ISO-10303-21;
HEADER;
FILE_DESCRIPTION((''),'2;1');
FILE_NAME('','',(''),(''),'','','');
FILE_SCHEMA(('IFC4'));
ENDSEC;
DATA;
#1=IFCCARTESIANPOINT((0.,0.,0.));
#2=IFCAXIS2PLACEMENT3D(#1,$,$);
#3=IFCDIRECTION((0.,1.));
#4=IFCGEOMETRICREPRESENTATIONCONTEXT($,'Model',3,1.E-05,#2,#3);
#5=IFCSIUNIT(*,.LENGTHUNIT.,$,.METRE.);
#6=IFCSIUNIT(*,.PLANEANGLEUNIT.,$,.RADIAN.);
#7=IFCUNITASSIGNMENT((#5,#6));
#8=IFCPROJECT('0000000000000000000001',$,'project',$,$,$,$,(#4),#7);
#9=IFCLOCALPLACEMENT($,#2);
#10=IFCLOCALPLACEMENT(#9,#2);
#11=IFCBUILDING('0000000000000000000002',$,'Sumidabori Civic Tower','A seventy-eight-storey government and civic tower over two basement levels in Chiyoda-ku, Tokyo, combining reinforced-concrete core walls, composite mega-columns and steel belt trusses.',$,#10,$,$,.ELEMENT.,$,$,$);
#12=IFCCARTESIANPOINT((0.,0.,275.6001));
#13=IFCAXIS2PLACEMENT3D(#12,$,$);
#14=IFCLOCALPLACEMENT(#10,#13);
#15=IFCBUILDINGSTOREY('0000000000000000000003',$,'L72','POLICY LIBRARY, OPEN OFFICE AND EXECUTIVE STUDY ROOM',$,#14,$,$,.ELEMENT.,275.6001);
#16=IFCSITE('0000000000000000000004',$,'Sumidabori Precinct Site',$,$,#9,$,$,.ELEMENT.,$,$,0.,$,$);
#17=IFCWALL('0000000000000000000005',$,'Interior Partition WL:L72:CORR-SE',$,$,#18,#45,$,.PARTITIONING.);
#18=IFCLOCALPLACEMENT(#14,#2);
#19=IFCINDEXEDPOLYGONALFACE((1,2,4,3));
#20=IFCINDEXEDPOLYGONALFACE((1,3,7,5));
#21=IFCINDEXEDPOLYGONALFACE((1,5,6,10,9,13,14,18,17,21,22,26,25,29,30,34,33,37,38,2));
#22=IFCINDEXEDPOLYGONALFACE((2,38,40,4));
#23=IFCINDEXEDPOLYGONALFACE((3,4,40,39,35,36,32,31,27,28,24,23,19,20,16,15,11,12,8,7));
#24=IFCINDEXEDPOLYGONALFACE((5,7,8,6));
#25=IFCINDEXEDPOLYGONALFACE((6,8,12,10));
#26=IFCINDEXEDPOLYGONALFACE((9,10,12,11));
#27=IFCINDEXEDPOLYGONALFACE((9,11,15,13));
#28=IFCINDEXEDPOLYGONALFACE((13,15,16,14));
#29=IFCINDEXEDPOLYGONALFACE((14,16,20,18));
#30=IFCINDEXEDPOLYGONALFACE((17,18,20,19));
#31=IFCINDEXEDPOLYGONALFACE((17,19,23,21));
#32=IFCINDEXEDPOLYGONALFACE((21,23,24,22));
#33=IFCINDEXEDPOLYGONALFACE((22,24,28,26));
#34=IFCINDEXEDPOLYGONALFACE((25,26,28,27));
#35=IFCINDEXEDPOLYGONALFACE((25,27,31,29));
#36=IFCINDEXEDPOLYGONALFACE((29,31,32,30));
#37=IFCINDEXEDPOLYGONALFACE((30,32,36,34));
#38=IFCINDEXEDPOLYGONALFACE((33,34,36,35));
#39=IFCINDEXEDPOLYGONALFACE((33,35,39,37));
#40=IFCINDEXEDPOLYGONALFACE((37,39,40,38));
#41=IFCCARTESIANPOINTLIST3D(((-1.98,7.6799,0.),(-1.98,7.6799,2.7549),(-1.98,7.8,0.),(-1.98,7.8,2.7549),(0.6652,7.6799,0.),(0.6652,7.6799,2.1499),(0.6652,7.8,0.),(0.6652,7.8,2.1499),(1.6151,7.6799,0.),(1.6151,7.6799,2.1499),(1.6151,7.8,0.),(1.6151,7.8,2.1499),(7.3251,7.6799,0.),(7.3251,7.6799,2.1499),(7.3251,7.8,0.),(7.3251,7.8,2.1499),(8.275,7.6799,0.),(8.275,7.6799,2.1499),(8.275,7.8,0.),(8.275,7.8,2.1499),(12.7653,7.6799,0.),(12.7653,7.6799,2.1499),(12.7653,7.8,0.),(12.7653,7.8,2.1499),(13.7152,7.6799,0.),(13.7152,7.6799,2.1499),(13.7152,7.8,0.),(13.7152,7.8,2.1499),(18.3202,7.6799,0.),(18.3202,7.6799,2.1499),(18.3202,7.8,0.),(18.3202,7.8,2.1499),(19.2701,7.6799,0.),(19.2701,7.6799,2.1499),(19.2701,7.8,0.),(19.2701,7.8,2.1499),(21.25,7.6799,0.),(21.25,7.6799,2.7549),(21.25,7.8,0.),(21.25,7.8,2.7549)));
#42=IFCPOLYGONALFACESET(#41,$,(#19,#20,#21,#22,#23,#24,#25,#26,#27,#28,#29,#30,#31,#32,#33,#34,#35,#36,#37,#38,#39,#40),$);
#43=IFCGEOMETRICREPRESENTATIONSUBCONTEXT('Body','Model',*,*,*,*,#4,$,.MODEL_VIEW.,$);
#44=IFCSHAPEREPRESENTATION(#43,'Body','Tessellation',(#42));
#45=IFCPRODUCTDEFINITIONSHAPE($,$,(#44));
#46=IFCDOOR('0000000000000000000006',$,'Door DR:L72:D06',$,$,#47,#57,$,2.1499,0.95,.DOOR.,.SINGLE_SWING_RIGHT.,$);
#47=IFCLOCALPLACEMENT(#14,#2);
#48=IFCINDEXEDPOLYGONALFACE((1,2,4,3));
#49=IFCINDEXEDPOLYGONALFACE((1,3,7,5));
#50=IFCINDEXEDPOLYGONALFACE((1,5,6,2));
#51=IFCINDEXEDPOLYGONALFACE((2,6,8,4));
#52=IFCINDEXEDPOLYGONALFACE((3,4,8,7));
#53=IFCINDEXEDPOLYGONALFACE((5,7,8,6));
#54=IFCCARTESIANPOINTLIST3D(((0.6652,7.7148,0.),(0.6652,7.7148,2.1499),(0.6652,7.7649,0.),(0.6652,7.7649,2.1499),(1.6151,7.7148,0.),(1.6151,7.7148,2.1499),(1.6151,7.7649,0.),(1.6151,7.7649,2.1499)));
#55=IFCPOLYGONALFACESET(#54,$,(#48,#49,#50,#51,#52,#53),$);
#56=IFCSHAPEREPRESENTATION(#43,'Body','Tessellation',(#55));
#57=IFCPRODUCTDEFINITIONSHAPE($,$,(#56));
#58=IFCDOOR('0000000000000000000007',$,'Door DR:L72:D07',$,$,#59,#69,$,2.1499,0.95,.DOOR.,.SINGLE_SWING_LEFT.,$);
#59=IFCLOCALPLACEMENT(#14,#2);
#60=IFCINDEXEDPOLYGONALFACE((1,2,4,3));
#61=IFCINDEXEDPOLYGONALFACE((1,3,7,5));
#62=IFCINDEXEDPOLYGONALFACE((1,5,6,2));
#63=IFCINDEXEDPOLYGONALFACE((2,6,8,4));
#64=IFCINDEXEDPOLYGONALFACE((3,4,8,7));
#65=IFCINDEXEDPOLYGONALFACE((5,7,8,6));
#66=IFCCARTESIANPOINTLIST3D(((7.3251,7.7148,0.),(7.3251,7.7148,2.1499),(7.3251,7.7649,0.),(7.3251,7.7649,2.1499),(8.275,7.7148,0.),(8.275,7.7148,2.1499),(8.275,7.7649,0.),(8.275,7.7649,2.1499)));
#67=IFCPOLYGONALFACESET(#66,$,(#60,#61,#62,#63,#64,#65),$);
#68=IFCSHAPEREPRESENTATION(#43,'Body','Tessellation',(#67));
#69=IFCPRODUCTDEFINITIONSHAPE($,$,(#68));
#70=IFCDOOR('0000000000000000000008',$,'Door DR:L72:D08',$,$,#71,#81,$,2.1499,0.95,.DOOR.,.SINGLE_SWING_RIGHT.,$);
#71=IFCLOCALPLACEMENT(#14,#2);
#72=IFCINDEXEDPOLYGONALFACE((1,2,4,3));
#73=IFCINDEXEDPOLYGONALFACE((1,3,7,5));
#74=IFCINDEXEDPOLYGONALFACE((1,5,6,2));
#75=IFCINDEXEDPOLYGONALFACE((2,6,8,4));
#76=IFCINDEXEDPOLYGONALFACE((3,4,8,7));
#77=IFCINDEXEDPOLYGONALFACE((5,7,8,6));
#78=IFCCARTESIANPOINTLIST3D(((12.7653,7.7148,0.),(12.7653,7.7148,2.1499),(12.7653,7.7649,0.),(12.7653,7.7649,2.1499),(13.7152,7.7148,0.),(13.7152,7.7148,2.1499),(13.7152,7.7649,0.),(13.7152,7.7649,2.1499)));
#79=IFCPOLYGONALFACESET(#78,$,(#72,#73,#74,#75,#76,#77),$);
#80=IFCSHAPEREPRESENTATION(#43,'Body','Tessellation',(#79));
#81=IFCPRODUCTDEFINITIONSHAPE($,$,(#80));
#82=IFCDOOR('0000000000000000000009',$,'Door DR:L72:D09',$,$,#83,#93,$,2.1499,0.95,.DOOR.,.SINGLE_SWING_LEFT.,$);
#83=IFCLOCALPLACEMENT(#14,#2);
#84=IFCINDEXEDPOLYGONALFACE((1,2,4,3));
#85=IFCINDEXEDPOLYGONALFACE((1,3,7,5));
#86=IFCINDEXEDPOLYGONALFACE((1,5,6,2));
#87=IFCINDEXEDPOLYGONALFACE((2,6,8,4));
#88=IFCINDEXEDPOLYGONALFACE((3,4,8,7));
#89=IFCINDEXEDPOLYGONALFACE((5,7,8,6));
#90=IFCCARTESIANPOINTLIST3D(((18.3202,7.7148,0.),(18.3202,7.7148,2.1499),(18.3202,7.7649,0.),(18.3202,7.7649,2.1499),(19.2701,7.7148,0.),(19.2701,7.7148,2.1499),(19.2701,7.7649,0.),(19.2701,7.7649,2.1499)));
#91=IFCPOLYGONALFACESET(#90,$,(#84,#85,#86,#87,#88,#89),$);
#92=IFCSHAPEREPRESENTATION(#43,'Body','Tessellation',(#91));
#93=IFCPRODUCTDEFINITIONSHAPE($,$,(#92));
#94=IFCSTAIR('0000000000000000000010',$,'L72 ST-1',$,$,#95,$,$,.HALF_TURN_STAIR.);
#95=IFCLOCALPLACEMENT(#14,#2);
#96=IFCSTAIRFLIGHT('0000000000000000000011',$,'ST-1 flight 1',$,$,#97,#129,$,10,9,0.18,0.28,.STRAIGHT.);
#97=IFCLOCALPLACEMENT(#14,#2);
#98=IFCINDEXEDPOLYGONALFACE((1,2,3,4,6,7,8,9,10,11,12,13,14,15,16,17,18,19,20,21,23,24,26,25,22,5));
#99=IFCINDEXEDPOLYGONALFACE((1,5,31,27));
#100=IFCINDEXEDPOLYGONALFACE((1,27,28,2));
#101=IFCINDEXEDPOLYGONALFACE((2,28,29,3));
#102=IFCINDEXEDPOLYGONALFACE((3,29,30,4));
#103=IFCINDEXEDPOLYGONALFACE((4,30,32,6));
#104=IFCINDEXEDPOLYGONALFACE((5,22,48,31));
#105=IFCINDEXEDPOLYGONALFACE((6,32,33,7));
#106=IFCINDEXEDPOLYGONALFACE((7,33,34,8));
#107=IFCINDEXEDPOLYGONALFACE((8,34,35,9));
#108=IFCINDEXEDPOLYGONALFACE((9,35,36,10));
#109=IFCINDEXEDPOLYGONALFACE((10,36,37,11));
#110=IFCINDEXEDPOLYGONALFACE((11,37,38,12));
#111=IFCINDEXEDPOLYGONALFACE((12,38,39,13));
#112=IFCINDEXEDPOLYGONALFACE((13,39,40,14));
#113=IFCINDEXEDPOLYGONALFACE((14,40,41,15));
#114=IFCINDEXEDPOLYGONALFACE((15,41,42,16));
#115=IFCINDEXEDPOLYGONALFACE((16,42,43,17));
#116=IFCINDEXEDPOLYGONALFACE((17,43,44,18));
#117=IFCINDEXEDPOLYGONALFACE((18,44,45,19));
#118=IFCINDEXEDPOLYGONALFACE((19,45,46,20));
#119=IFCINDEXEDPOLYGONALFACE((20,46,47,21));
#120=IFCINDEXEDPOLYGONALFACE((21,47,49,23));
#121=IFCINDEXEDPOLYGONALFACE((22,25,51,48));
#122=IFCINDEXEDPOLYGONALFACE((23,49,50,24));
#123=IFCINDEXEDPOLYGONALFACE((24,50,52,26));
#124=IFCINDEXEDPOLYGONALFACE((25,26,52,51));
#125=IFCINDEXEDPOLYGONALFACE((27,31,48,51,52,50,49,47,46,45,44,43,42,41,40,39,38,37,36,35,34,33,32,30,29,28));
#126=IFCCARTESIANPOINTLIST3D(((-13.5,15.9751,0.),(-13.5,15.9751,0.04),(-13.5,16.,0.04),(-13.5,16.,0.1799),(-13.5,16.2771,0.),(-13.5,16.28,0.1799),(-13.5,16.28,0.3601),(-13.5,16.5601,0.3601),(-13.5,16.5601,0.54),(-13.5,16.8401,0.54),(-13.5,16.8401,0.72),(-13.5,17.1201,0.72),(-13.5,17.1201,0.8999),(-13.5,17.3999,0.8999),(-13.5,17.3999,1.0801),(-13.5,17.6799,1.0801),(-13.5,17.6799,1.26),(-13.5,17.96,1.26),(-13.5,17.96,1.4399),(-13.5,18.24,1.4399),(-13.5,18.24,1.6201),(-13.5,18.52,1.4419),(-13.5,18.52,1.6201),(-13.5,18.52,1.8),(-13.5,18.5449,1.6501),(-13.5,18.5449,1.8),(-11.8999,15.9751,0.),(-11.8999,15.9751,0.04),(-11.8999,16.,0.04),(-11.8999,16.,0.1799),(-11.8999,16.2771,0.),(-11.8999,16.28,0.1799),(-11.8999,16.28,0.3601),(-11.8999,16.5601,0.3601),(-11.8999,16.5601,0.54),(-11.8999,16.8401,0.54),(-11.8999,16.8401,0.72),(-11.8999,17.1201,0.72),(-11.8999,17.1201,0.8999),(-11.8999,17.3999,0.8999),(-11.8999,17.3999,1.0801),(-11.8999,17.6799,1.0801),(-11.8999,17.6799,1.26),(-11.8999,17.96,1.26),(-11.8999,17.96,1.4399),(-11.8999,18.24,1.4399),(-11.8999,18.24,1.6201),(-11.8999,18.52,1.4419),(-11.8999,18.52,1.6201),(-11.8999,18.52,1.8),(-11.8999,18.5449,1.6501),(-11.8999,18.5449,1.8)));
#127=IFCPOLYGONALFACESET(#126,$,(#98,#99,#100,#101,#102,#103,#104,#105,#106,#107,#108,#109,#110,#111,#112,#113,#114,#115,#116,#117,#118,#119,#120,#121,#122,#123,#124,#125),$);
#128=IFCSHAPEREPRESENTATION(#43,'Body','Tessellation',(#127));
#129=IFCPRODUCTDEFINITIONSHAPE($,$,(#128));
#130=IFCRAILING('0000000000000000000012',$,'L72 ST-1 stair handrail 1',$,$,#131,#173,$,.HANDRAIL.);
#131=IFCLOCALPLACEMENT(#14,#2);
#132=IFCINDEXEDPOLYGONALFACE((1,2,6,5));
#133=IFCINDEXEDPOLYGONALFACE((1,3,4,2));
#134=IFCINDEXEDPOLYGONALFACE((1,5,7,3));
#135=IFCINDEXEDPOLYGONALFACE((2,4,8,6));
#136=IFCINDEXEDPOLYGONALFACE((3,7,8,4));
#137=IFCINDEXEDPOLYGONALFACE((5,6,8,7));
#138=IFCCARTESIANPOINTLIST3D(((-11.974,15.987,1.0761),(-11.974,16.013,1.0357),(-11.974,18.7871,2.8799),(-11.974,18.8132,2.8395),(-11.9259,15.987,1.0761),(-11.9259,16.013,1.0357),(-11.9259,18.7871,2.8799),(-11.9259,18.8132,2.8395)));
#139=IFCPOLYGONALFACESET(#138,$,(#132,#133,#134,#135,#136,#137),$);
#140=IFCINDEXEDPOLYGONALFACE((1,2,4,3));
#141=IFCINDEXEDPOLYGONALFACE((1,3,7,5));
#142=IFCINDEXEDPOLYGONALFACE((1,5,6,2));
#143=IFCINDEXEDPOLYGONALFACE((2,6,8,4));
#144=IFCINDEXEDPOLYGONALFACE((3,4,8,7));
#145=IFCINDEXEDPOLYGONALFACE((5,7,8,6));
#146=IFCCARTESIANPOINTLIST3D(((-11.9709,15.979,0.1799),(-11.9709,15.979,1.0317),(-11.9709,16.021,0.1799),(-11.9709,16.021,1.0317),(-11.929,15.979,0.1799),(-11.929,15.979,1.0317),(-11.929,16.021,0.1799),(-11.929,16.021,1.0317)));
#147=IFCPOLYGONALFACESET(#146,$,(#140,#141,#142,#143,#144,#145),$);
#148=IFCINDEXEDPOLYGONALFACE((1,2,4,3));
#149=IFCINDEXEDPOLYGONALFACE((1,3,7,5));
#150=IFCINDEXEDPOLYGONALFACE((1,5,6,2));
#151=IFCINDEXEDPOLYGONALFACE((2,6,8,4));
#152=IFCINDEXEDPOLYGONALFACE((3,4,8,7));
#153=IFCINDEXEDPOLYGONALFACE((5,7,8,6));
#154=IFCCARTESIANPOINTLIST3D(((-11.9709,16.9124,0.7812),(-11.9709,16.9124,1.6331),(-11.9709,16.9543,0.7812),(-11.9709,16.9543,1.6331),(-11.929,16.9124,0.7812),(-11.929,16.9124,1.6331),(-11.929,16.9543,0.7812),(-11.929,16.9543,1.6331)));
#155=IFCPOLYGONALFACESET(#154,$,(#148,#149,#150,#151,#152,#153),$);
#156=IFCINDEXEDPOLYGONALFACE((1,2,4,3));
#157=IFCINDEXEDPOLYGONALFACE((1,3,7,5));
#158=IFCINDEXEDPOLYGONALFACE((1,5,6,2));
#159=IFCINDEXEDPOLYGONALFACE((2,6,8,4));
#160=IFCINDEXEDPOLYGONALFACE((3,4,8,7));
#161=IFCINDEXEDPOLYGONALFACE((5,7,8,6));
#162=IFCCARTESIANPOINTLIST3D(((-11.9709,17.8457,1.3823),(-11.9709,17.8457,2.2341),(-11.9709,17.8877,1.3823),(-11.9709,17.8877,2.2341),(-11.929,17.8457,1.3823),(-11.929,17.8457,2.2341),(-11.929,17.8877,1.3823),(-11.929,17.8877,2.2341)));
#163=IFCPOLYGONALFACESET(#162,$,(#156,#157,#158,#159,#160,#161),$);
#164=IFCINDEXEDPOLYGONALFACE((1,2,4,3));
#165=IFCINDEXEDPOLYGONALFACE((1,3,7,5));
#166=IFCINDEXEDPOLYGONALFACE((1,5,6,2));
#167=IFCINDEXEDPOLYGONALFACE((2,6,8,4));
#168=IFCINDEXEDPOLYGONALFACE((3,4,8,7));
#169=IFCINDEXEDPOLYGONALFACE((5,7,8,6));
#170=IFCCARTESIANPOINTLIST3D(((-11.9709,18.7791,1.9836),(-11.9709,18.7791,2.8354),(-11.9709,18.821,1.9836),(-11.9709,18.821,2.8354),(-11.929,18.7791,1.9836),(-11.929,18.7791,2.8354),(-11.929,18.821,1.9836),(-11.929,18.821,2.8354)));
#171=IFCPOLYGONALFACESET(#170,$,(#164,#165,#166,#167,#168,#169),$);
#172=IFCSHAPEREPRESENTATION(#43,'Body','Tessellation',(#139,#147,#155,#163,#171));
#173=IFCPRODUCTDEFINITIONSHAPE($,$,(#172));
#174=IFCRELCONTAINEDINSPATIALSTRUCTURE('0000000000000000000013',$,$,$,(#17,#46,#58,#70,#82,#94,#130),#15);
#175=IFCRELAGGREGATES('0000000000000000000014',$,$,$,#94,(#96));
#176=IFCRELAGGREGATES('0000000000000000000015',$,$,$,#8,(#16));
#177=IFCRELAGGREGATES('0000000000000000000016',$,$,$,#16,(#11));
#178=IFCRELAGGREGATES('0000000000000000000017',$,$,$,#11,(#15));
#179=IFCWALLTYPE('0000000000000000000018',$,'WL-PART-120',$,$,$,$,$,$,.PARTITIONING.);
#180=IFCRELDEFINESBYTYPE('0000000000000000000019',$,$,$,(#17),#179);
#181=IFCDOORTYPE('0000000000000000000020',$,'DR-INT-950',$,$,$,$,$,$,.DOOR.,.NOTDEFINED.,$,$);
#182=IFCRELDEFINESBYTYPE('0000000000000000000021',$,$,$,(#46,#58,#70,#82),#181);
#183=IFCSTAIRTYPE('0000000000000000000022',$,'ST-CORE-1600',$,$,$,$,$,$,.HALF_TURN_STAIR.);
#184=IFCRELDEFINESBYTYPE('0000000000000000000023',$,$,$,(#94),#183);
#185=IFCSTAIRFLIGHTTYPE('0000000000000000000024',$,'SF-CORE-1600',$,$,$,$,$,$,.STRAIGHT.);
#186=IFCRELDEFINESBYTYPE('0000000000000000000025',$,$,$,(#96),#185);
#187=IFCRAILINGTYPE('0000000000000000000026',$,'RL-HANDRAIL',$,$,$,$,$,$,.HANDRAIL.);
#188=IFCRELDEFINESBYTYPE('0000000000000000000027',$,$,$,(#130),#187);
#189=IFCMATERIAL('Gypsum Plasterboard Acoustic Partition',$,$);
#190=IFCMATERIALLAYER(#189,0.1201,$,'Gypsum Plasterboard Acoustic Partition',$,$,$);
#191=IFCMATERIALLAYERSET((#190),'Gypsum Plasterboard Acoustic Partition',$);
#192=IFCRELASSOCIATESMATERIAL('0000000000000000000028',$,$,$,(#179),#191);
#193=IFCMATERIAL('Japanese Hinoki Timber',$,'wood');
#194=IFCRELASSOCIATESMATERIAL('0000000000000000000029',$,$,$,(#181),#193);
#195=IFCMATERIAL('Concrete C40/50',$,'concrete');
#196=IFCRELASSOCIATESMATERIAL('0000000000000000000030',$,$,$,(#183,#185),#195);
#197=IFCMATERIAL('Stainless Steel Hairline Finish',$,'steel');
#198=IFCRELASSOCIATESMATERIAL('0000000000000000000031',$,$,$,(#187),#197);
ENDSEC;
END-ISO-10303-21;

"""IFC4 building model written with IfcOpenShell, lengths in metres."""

from ifc_helpers import new_model, si_unit, direction, frame, frame_2d, origin, origin_2d, place, context, subcontext, project, spatial, polyline, rectangle, outline, extrude, source, transform, mapped, material, layer, layer_set, type_object, element, fill, aggregate, save


model = new_model("IFC4")

# Units and contexts
model_context = context("Model", 3, precision=1e-05, world=origin(), true_north=direction((0.0, 1.0)))
body_context = subcontext(model_context, "Body", "Model", "MODEL_VIEW")
ifc_project = project(units=[si_unit("LENGTHUNIT", "METRE"), si_unit("PLANEANGLEUNIT", "RADIAN")], contexts=[model_context])

# Site, building, storey
site_placement = place(None, origin())
site = spatial("IfcSite", under=ifc_project, at=site_placement, Name="Sumidabori Precinct Site", CompositionType="ELEMENT", RefElevation=0.0)
building_placement = place(site_placement, origin())
building = spatial("IfcBuilding", under=site, at=building_placement, Name="Sumidabori Civic Tower", Description="A seventy-eight-storey government and civic tower over two basement levels in Chiyoda-ku, Tokyo, combining reinforced-concrete core walls, composite mega-columns and steel belt trusses.", CompositionType="ELEMENT")
storey_placement = place(building_placement, frame((0.0, 0.0, 275.6001)))
storey = spatial("IfcBuildingStorey", under=building, at=storey_placement, Name="L72", Description="POLICY LIBRARY, OPEN OFFICE AND EXECUTIVE STUDY ROOM", CompositionType="ELEMENT", Elevation=275.6001)

# Shared definitions
ifc_material_1 = material(Name="Stainless Steel Hairline Finish", Category="steel")

# Shared definitions
ifc_material_2 = material(Name="Gypsum Plasterboard Acoustic Partition")

# Shared definitions
ifc_material_3 = material(Name="Japanese Hinoki Timber", Category="wood")

# Shared definitions
ifc_layer_1 = layer(ifc_material_2, 0.1201, Name="Gypsum Plasterboard Acoustic Partition")
ifc_layer_set_1 = layer_set([ifc_layer_1], Name="Gypsum Plasterboard Acoustic Partition")
wall_type_1 = type_object("IfcWallType", Name="WL-PART-120", PredefinedType="PARTITIONING", material=ifc_layer_set_1)

# Wall, openings, doors
shared_shape_1 = source(origin(), body_context, "Body", "SweptSolid", [
    extrude(rectangle(XDim=23.23, YDim=0.1201, at=frame_2d((11.615, 0.0))), origin(), (0.0, 0.0, 1.0), 2.7549),
])
wall_1_placement = place(storey_placement, frame((-1.98, 7.74, 0.0), z_axis=(0.0, 0.0, 1.0), x_axis=(1.0, 0.0, 0.0)))
wall_1 = element("IfcWall", 1, at=wall_1_placement, inside=storey, type_object=wall_type_1, Name="Interior Partition WL:L72:CORR-SE", PredefinedType="PARTITIONING", context=body_context, shape_type="MappedRepresentation", body=[
    mapped(shared_shape_1, transform((0.0, 0.0, 0.0), x_axis=(1.0, 0.0, 0.0), y_axis=(0.0, 1.0, 0.0), z_axis=(0.0, 0.0, 1.0), scale=1.0)),
])
opening_1_placement = place(wall_1_placement, frame((2.645, 0.0, 0.0)))
opening_1 = element("IfcOpeningElement", 2, at=opening_1_placement, cuts=wall_1, PredefinedType="OPENING", context=body_context, shape_type="SweptSolid", body=[
    extrude(rectangle(XDim=0.95, YDim=2.1499, at=frame_2d((0.4751, 1.075))), frame((0.0, 0.072, 0.0), z_axis=(0.0, -1.0, 0.0), x_axis=(1.0, 0.0, 0.0)), (0.0, 0.0, 1.0), 0.144),
])
opening_2_placement = place(wall_1_placement, frame((9.3049, 0.0, 0.0)))
opening_2 = element("IfcOpeningElement", 3, at=opening_2_placement, cuts=wall_1, PredefinedType="OPENING", context=body_context, shape_type="SweptSolid", body=[
    extrude(rectangle(XDim=0.95, YDim=2.1499, at=frame_2d((0.4751, 1.075))), frame((0.0, 0.072, 0.0), z_axis=(0.0, -1.0, 0.0), x_axis=(1.0, 0.0, 0.0)), (0.0, 0.0, 1.0), 0.144),
])
opening_3_placement = place(wall_1_placement, frame((14.7451, 0.0, 0.0)))
opening_3 = element("IfcOpeningElement", 4, at=opening_3_placement, cuts=wall_1, PredefinedType="OPENING", context=body_context, shape_type="SweptSolid", body=[
    extrude(rectangle(XDim=0.95, YDim=2.1499, at=frame_2d((0.4751, 1.075))), frame((0.0, 0.072, 0.0), z_axis=(0.0, -1.0, 0.0), x_axis=(1.0, 0.0, 0.0)), (0.0, 0.0, 1.0), 0.144),
])
opening_4_placement = place(wall_1_placement, frame((20.3, 0.0, 0.0)))
opening_4 = element("IfcOpeningElement", 5, at=opening_4_placement, cuts=wall_1, PredefinedType="OPENING", context=body_context, shape_type="SweptSolid", body=[
    extrude(rectangle(XDim=0.95, YDim=2.1499, at=frame_2d((0.4751, 1.075))), frame((0.0, 0.072, 0.0), z_axis=(0.0, -1.0, 0.0), x_axis=(1.0, 0.0, 0.0)), (0.0, 0.0, 1.0), 0.144),
])
door_type_1 = type_object("IfcDoorType", Name="DR-INT-950", OperationType="NOTDEFINED", PredefinedType="DOOR", material=ifc_material_3)
shared_shape_2 = source(origin(), body_context, "Body", "SweptSolid", [
    extrude(rectangle(XDim=0.95, YDim=2.1499, at=frame_2d((0.4751, 1.075))), frame((0.0, 0.0249, 0.0), z_axis=(0.0, -1.0, 0.0), x_axis=(1.0, 0.0, 0.0)), (0.0, 0.0, 1.0), 0.05),
])
door_1_placement = place(opening_1_placement, origin())
door_1 = element("IfcDoor", 6, at=door_1_placement, inside=storey, type_object=door_type_1, Name="Door DR:L72:D06", OperationType="SINGLE_SWING_RIGHT", OverallHeight=2.1499, OverallWidth=0.95, PredefinedType="DOOR", context=body_context, shape_type="MappedRepresentation", body=[
    mapped(shared_shape_2, transform((0.0, 0.0, 0.0), x_axis=(1.0, 0.0, 0.0), y_axis=(0.0, 1.0, 0.0), z_axis=(0.0, 0.0, 1.0), scale=1.0)),
])
fill(opening_1, door_1)
door_2_placement = place(opening_2_placement, origin())
door_2 = element("IfcDoor", 7, at=door_2_placement, inside=storey, type_object=door_type_1, Name="Door DR:L72:D07", OperationType="SINGLE_SWING_LEFT", OverallHeight=2.1499, OverallWidth=0.95, PredefinedType="DOOR", context=body_context, shape_type="MappedRepresentation", body=[
    mapped(shared_shape_2, transform((0.0, 0.0, 0.0), x_axis=(1.0, 0.0, 0.0), y_axis=(0.0, 1.0, 0.0), z_axis=(0.0, 0.0, 1.0), scale=1.0)),
])
fill(opening_2, door_2)
door_3_placement = place(opening_3_placement, origin())
door_3 = element("IfcDoor", 8, at=door_3_placement, inside=storey, type_object=door_type_1, Name="Door DR:L72:D08", OperationType="SINGLE_SWING_RIGHT", OverallHeight=2.1499, OverallWidth=0.95, PredefinedType="DOOR", context=body_context, shape_type="MappedRepresentation", body=[
    mapped(shared_shape_2, transform((0.0, 0.0, 0.0), x_axis=(1.0, 0.0, 0.0), y_axis=(0.0, 1.0, 0.0), z_axis=(0.0, 0.0, 1.0), scale=1.0)),
])
fill(opening_3, door_3)
door_4_placement = place(opening_4_placement, origin())
door_4 = element("IfcDoor", 9, at=door_4_placement, inside=storey, type_object=door_type_1, Name="Door DR:L72:D09", OperationType="SINGLE_SWING_LEFT", OverallHeight=2.1499, OverallWidth=0.95, PredefinedType="DOOR", context=body_context, shape_type="MappedRepresentation", body=[
    mapped(shared_shape_2, transform((0.0, 0.0, 0.0), x_axis=(1.0, 0.0, 0.0), y_axis=(0.0, 1.0, 0.0), z_axis=(0.0, 0.0, 1.0), scale=1.0)),
])
fill(opening_4, door_4)

# Stair, stair flight
ifc_material_4 = material(Name="Concrete C40/50", Category="concrete")
stair_type = type_object("IfcStairType", Name="ST-CORE-1600", PredefinedType="HALF_TURN_STAIR", material=ifc_material_4)
stair_placement = place(storey_placement, origin())
stair = element("IfcStair", 10, at=stair_placement, inside=storey, type_object=stair_type, Name="L72 ST-1", PredefinedType="HALF_TURN_STAIR")
stair_flight_type = type_object("IfcStairFlightType", Name="SF-CORE-1600", PredefinedType="STRAIGHT", material=ifc_material_4)
shared_shape_3 = source(origin(), body_context, "Body", "SweptSolid", [
    extrude(outline(polyline([(-0.0249, 0.0), (-0.0249, 0.04), (0.0, 0.04), (0.0, 0.1799), (0.28, 0.1799), (0.28, 0.3601), (0.5601, 0.3601), (0.5601, 0.54), (0.8401, 0.54), (0.8401, 0.72), (1.1201, 0.72), (1.1201, 0.8999), (1.3999, 0.8999), (1.3999, 1.0801), (1.6799, 1.0801), (1.6799, 1.26), (1.96, 1.26), (1.96, 1.4399), (2.24, 1.4399), (2.24, 1.6201), (2.52, 1.6201), (2.52, 1.8), (2.5449, 1.8), (2.5449, 1.6501), (2.52, 1.4419), (0.2771, 0.0), (-0.0249, 0.0)])), frame((0.0, 0.8, 0.0), z_axis=(0.0, -1.0, 0.0), x_axis=(1.0, 0.0, 0.0)), (0.0, 0.0, 1.0), 1.6001),
])
stair_flight_placement = place(storey_placement, frame((-12.7, 16.0, 0.0), z_axis=(0.0, 0.0, 1.0), x_axis=(0.0, 1.0, 0.0)))
stair_flight = element("IfcStairFlight", 11, at=stair_flight_placement, type_object=stair_flight_type, Name="ST-1 flight 1", NumberOfRisers=10, NumberOfTreads=9, PredefinedType="STRAIGHT", RiserHeight=0.18, TreadLength=0.28, context=body_context, shape_type="MappedRepresentation", body=[
    mapped(shared_shape_3, transform((0.0, 0.0, 0.0), x_axis=(1.0, 0.0, 0.0), y_axis=(0.0, 1.0, 0.0), z_axis=(0.0, 0.0, 1.0), scale=1.0)),
])
aggregate(stair, [stair_flight])

# Railing
railing_type_1 = type_object("IfcRailingType", Name="RL-HANDRAIL", PredefinedType="HANDRAIL", material=ifc_material_1)
railing_1_placement = place(storey_placement, frame((-11.95, 16.0, 0.1799)))
element("IfcRailing", 12, at=railing_1_placement, inside=storey, type_object=railing_type_1, Name="L72 ST-1 stair handrail 1", PredefinedType="HANDRAIL", context=body_context, shape_type="SweptSolid", body=[
    extrude(rectangle(XDim=0.0481, YDim=0.0481, at=origin_2d()), frame((0.0, 0.0, 0.876), z_axis=(0.0, 0.840676, 0.541539), x_axis=(-1.0, 0.0, 0.0)), (0.0, 0.0, 1.0), 3.3308),
    extrude(rectangle(XDim=0.042, YDim=0.042, at=origin_2d()), origin(), (0.0, 0.0, 1.0), 0.8518),
    extrude(rectangle(XDim=0.042, YDim=0.042, at=origin_2d()), frame((0.0, 0.9333, 0.6013)), (0.0, 0.0, 1.0), 0.8518),
    extrude(rectangle(XDim=0.042, YDim=0.042, at=origin_2d()), frame((0.0, 1.8667, 1.2024)), (0.0, 0.0, 1.0), 0.8518),
    extrude(rectangle(XDim=0.042, YDim=0.042, at=origin_2d()), frame((0.0, 2.8, 1.8037)), (0.0, 0.0, 1.0), 0.8518),
])

save(model, "model.ifc")
